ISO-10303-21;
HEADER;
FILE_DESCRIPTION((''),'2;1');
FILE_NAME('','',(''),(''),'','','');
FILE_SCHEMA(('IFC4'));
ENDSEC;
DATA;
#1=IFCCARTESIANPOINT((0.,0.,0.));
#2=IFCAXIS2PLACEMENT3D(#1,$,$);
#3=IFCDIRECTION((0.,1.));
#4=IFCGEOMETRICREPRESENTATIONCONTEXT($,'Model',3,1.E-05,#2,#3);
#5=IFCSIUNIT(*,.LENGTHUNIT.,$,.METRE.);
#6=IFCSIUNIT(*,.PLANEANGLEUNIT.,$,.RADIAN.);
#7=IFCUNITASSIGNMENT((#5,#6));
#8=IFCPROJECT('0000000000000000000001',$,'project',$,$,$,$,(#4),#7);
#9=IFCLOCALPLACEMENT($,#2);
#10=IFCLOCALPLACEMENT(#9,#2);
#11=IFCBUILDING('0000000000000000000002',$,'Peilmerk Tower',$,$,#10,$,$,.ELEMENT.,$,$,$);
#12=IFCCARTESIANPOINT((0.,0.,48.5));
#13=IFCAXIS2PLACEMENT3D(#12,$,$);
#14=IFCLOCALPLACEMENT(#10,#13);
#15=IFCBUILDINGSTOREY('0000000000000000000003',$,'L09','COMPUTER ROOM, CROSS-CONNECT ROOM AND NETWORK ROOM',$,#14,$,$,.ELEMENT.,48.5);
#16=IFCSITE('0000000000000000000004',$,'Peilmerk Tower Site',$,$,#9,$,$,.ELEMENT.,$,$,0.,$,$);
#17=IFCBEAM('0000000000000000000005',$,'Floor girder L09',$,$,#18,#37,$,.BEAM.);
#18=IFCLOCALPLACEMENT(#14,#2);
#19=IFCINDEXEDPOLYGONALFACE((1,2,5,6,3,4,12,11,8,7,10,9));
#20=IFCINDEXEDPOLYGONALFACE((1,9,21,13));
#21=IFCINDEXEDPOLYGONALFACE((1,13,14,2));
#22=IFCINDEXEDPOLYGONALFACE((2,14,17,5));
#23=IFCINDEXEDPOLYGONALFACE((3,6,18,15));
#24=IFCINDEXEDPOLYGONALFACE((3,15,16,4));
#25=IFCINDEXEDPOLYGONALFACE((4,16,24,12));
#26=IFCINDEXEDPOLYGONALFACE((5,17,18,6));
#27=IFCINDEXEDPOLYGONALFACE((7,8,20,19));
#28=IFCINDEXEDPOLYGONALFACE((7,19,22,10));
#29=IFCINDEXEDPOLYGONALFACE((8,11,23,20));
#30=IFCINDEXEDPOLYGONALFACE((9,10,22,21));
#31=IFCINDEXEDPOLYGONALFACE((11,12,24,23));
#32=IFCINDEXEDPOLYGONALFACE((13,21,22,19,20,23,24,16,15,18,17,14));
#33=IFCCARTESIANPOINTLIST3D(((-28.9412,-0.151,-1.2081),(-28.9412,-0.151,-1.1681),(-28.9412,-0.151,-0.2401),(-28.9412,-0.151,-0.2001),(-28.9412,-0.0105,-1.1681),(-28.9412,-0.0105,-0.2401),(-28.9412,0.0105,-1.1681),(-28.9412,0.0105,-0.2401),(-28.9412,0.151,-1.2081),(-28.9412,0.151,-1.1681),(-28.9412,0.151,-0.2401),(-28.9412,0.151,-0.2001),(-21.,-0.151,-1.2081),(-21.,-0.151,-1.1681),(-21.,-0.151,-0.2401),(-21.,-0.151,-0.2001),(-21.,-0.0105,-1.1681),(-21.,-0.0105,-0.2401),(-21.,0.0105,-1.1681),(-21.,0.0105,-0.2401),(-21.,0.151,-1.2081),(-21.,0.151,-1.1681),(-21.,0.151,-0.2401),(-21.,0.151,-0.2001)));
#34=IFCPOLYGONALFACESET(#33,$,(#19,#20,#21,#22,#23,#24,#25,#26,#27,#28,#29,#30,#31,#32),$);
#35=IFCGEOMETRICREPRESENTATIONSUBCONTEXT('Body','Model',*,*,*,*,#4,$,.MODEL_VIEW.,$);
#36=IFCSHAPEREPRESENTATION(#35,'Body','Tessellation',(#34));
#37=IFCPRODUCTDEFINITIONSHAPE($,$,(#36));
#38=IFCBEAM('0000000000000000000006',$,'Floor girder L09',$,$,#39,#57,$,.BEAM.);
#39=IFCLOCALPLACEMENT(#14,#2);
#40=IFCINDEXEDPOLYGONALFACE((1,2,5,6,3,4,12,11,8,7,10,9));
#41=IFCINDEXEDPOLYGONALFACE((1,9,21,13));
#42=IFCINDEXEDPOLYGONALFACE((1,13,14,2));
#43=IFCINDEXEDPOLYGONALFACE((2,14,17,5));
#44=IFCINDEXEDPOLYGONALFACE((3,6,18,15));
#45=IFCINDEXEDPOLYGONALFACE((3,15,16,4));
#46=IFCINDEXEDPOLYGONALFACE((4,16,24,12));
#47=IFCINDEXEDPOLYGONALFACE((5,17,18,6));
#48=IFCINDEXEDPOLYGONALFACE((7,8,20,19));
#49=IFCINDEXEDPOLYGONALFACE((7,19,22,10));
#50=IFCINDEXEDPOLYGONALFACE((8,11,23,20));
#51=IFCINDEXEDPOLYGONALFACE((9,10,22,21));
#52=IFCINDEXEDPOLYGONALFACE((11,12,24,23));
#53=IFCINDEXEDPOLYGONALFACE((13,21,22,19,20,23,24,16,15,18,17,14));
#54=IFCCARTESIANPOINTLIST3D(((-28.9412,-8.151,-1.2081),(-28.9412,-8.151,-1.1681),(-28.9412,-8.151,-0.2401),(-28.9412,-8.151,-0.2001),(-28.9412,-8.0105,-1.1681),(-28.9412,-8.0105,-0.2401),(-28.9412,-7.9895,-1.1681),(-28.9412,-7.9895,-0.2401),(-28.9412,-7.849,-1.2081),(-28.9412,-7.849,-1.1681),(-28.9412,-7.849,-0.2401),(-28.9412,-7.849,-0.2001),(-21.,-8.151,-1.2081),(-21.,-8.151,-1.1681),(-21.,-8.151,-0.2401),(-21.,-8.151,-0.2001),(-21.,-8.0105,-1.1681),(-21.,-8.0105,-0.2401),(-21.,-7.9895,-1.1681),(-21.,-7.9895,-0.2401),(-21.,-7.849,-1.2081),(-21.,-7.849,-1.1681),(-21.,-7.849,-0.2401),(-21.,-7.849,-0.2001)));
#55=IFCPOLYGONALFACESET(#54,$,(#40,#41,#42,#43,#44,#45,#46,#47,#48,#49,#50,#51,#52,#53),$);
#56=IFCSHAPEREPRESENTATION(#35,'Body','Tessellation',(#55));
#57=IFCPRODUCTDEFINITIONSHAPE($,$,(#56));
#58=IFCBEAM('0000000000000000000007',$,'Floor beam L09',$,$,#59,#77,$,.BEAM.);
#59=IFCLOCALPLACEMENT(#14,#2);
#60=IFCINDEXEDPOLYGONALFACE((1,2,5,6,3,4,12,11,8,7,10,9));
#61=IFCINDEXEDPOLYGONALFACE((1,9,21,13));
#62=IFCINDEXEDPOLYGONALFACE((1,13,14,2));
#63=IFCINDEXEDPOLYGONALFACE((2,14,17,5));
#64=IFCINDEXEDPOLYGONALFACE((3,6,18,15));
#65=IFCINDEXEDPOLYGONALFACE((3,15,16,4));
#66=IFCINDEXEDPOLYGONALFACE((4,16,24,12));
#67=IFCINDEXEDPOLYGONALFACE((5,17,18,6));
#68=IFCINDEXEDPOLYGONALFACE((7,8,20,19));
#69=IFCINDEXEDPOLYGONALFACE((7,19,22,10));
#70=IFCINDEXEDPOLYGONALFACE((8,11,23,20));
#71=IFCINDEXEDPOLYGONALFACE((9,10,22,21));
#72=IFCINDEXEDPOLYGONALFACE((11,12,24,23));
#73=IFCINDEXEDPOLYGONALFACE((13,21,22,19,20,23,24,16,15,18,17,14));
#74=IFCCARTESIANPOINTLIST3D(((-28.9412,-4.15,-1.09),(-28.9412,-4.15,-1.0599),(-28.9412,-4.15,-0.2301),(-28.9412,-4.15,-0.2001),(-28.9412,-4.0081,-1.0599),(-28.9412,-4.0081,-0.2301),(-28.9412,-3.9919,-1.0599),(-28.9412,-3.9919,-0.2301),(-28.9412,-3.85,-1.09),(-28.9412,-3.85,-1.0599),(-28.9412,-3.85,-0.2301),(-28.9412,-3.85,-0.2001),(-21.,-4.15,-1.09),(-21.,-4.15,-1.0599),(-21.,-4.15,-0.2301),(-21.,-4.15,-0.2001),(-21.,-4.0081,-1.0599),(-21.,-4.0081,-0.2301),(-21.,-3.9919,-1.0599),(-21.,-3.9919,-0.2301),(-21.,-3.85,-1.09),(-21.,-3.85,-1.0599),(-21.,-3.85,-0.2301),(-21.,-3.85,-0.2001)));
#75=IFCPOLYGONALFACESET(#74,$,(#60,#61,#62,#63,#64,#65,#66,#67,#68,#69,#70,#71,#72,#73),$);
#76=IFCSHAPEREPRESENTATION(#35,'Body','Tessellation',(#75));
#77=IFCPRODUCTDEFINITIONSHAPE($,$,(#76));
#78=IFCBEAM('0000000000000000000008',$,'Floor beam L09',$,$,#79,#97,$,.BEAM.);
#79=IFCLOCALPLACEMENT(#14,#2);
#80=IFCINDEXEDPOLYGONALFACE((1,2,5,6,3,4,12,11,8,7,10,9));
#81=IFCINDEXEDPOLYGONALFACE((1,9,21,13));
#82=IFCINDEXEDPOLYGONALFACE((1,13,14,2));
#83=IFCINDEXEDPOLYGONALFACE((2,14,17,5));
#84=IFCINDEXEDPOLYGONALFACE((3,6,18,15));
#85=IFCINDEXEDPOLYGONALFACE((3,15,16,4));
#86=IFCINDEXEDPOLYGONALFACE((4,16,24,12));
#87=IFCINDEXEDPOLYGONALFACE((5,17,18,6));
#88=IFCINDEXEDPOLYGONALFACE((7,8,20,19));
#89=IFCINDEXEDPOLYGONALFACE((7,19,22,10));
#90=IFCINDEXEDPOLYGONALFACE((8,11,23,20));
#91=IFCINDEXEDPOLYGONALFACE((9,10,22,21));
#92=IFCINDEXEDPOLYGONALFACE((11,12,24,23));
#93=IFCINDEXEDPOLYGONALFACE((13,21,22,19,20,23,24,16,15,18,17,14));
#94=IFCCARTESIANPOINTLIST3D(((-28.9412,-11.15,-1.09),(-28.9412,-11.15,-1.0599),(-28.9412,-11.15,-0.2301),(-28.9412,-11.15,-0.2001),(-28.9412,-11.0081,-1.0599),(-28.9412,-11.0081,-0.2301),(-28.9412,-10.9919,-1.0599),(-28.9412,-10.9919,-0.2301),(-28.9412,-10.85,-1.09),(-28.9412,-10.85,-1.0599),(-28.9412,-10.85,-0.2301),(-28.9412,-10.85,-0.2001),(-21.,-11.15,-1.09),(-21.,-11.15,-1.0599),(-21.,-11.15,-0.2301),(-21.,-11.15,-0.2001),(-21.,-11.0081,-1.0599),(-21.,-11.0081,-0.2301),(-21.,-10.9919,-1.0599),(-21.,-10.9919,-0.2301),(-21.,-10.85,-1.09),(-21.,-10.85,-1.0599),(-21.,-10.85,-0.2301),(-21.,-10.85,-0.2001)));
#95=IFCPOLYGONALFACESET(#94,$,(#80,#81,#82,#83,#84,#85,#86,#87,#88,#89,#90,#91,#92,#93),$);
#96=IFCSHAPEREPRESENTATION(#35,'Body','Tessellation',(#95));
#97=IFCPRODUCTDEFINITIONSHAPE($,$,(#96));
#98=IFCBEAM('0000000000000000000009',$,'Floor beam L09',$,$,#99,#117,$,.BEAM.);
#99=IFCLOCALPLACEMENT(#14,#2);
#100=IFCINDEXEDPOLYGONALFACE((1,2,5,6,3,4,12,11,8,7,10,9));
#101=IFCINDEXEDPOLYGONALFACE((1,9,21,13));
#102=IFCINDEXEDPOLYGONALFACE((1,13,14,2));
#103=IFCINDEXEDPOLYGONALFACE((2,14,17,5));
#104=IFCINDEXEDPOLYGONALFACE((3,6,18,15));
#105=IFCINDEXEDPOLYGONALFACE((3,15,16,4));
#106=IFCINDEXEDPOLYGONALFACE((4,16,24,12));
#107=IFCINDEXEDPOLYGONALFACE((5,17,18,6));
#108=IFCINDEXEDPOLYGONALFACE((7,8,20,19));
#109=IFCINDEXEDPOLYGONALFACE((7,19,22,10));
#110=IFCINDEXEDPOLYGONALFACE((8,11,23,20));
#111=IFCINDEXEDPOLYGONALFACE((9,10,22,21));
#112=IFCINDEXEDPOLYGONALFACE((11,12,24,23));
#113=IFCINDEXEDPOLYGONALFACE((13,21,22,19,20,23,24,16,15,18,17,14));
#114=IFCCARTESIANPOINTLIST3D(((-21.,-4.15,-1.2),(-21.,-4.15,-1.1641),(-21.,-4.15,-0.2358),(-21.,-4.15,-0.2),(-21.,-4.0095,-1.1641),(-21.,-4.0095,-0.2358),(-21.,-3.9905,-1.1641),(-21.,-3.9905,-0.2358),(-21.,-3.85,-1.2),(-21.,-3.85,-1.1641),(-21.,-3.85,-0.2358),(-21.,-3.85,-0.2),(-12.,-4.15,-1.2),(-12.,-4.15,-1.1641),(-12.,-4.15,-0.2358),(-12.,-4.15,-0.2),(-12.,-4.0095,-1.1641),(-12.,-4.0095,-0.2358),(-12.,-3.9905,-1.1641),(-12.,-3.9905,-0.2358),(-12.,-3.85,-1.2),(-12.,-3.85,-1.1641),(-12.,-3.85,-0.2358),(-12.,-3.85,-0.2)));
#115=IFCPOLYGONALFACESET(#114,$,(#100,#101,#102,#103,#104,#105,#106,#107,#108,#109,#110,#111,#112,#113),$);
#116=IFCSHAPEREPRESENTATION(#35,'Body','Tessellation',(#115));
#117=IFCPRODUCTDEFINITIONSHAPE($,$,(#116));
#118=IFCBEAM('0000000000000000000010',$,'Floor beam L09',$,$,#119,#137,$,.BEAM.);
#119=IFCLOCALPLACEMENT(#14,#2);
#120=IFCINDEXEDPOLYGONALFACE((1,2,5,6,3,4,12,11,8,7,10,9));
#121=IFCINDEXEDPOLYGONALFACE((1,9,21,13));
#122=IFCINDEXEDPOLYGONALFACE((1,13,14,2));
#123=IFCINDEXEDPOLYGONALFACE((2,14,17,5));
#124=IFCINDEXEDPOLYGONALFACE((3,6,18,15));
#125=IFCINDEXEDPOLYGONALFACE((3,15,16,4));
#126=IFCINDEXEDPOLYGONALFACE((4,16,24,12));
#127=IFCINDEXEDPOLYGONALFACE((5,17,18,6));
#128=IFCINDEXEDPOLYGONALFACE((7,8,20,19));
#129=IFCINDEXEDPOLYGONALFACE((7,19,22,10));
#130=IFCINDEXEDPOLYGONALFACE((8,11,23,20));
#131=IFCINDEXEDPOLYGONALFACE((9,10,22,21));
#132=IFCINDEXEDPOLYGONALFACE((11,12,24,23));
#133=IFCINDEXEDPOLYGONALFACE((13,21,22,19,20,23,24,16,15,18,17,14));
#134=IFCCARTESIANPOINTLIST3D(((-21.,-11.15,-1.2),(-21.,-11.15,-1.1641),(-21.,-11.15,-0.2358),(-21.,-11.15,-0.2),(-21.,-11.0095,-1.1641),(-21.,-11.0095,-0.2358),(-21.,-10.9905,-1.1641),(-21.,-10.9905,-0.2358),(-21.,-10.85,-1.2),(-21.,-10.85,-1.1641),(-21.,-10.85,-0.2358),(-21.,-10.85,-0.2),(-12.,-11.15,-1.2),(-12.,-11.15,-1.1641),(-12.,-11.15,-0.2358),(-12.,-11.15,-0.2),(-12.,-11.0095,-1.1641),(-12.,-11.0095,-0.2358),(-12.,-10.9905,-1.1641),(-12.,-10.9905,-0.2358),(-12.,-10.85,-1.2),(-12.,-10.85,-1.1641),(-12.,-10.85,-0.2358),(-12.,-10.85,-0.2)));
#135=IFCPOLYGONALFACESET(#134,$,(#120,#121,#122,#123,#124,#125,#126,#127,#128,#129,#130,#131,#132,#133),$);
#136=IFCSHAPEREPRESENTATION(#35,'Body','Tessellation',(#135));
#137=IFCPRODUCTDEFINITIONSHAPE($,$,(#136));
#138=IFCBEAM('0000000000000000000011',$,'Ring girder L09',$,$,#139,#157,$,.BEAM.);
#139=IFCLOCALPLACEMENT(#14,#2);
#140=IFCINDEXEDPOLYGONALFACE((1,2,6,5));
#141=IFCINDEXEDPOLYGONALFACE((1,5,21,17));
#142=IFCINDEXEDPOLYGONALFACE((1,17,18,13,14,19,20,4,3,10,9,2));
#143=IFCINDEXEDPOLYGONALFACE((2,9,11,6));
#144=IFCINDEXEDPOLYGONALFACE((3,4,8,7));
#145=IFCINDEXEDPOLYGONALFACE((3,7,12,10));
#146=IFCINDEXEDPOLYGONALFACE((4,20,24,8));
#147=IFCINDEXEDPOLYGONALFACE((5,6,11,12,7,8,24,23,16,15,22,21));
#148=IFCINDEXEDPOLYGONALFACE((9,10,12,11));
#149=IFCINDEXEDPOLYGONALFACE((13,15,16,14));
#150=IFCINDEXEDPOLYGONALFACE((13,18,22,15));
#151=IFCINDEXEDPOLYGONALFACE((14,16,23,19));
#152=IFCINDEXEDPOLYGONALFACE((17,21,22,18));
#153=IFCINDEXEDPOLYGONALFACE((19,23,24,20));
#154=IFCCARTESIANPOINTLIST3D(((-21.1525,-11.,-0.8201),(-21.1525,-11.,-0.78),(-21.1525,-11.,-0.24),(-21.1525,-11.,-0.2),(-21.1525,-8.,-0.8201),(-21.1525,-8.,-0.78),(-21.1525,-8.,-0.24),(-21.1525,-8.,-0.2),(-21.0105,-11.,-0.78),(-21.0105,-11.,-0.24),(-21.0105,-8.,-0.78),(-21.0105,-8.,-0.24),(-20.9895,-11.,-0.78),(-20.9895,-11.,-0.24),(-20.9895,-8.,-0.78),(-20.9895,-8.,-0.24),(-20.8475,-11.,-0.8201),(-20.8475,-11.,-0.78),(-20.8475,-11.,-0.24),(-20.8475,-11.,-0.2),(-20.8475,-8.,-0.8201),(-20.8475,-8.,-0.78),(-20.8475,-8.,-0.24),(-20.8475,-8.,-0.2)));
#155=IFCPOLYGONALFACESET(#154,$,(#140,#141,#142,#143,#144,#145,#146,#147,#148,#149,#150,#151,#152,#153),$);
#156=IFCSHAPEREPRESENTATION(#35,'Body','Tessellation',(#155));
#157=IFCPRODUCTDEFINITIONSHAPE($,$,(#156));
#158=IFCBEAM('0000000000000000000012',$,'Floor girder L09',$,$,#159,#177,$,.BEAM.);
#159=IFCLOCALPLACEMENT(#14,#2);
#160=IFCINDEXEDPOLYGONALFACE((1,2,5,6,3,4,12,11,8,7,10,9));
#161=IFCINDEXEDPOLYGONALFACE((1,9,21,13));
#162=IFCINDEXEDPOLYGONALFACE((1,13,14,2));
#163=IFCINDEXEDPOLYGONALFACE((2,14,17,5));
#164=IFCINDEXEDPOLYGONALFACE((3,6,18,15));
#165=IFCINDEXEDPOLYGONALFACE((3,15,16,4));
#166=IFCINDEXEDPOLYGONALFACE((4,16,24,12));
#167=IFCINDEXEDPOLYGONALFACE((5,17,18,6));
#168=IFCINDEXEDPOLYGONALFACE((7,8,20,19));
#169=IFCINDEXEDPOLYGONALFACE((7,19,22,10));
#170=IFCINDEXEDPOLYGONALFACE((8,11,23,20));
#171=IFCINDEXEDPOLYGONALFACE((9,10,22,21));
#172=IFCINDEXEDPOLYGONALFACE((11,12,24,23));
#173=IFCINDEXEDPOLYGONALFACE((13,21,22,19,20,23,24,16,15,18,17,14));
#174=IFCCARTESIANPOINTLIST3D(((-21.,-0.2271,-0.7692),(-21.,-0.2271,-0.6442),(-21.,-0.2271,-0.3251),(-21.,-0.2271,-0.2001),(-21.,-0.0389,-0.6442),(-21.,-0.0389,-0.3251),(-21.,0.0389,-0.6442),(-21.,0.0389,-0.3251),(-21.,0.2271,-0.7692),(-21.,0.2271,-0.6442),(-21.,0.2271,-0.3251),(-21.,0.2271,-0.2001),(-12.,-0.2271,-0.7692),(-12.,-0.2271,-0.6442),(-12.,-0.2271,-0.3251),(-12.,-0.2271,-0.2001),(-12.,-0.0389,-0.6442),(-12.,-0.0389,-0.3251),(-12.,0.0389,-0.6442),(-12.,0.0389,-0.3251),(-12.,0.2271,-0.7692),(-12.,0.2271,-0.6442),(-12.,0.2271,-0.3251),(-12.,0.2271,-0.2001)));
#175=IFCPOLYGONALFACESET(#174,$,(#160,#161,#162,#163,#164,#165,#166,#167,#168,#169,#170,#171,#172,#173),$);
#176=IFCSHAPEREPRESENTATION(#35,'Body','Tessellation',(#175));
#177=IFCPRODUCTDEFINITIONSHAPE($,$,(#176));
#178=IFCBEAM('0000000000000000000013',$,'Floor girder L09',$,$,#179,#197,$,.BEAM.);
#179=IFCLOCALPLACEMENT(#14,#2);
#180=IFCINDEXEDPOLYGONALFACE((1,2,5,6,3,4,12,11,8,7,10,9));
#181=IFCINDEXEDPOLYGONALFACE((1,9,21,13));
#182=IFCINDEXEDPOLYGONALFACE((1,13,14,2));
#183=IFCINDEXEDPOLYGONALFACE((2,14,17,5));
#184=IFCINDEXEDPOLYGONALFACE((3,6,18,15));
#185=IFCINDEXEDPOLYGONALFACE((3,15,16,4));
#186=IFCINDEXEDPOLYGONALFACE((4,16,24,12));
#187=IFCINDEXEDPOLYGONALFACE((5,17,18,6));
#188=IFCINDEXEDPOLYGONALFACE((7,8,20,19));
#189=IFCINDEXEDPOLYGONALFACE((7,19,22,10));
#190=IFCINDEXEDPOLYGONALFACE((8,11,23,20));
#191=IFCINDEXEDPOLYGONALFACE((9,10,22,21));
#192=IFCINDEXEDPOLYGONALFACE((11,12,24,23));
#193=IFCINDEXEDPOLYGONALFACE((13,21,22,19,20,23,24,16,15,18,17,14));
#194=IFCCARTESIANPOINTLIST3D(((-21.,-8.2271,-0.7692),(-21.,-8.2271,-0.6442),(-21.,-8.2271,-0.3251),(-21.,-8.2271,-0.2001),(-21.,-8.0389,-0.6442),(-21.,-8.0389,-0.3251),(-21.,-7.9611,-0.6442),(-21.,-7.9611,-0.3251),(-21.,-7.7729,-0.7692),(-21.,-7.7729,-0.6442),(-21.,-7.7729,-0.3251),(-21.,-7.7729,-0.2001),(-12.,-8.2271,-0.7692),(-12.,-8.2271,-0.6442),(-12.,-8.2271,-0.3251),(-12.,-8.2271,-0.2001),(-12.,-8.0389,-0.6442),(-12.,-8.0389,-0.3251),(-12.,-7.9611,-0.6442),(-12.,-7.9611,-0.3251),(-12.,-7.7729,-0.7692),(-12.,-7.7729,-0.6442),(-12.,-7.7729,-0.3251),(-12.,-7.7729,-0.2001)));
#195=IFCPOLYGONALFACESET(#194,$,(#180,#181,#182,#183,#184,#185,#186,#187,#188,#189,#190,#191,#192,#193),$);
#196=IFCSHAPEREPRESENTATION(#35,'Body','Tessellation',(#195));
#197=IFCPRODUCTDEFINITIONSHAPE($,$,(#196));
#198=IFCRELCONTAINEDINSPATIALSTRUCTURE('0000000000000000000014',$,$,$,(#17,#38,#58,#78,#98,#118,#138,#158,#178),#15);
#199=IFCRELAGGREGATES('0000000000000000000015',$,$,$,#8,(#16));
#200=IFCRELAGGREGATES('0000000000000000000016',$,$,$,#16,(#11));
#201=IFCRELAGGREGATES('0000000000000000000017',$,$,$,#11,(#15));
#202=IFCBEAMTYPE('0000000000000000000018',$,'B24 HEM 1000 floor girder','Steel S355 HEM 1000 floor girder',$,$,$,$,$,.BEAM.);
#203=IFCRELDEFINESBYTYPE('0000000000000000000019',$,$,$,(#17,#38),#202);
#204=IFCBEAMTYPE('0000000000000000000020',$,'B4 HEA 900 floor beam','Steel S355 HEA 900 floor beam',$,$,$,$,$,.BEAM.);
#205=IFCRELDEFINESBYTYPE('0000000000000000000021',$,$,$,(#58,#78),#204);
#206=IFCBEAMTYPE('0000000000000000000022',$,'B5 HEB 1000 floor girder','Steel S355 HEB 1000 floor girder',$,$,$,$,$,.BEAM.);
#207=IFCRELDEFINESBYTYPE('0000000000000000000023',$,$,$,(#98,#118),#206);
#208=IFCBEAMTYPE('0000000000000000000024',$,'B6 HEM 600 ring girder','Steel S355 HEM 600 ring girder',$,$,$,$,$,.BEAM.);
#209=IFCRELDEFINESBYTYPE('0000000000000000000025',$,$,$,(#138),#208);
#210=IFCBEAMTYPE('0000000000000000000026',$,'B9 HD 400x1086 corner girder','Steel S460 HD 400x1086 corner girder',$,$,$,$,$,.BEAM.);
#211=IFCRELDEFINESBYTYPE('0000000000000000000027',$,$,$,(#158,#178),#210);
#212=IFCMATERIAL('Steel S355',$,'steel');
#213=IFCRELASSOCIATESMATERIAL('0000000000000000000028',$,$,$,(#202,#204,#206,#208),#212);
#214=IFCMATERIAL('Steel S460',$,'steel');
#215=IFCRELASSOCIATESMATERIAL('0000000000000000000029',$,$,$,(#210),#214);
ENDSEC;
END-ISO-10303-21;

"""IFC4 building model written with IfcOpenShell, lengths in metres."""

from ifc_helpers import new_model, si_unit, direction, frame, origin, origin_2d, place, context, subcontext, project, spatial, i_section, extrude, material, material_profile, profile_set, type_object, element, save


model = new_model("IFC4")

# Units and contexts
model_context = context("Model", 3, precision=1e-05, world=origin(), true_north=direction((0.0, 1.0)))
body_context = subcontext(model_context, "Body", "Model", "MODEL_VIEW")
ifc_project = project(units=[si_unit("LENGTHUNIT", "METRE"), si_unit("PLANEANGLEUNIT", "RADIAN")], contexts=[model_context])

# Site, building, storey
site_placement = place(None, origin())
site = spatial("IfcSite", under=ifc_project, at=site_placement, Name="Peilmerk Tower Site", CompositionType="ELEMENT", RefElevation=0.0)
building_placement = place(site_placement, origin())
building = spatial("IfcBuilding", under=site, at=building_placement, Name="Peilmerk Tower", CompositionType="ELEMENT")
storey_placement = place(building_placement, frame((0.0, 0.0, 48.5)))
storey = spatial("IfcBuildingStorey", under=building, at=storey_placement, Name="L09", Description="COMPUTER ROOM, CROSS-CONNECT ROOM AND NETWORK ROOM", CompositionType="ELEMENT", Elevation=48.5)

# Beams
ifc_material_1 = material(Name="Steel S355", Category="steel")
ifc_material_profile_1 = material_profile(ifc_material_1, i_section(OverallWidth=0.302, OverallDepth=1.0081, WebThickness=0.021, FlangeThickness=0.04, at=origin_2d()), Name="HEM 1000")
ifc_profile_set_1 = profile_set([ifc_material_profile_1], Name="Steel S355")
beam_type_1 = type_object("IfcBeamType", Name="B24 HEM 1000 floor girder", Description="Steel S355 HEM 1000 floor girder", PredefinedType="BEAM", material=ifc_profile_set_1)
for number, where, z_axis, x_axis, name in (
    (1, (-21.0, 0.0, -0.7041), (-1.0, 0.0, 0.0), (0.0, -1.0, 0.0), "Floor girder L09"),
    (2, (-21.0, -8.0, -0.7041), (-1.0, 0.0, 0.0), (0.0, -1.0, 0.0), "Floor girder L09"),
):
    element("IfcBeam", number, at=place(storey_placement, frame(where, z_axis=z_axis, x_axis=x_axis)), inside=storey, type_object=beam_type_1, Name=name, PredefinedType="BEAM", context=body_context, shape_type="SweptSolid", body=[
        extrude(i_section(OverallWidth=0.302, OverallDepth=1.0081, WebThickness=0.021, FlangeThickness=0.04, at=origin_2d()), origin(), (0.0, 0.0, 1.0), 7.9412),
    ])
ifc_material_profile_2 = material_profile(ifc_material_1, i_section(OverallWidth=0.3, OverallDepth=0.8899, WebThickness=0.0161, FlangeThickness=0.03, at=origin_2d()), Name="HEA 900")
ifc_profile_set_2 = profile_set([ifc_material_profile_2], Name="Steel S355")
beam_type_2 = type_object("IfcBeamType", Name="B4 HEA 900 floor beam", Description="Steel S355 HEA 900 floor beam", PredefinedType="BEAM", material=ifc_profile_set_2)
for number, where, z_axis, x_axis, name in (
    (3, (-21.0, -4.0, -0.645), (-1.0, 0.0, 0.0), (0.0, -1.0, 0.0), "Floor beam L09"),
    (4, (-21.0, -11.0, -0.645), (-1.0, 0.0, 0.0), (0.0, -1.0, 0.0), "Floor beam L09"),
):
    element("IfcBeam", number, at=place(storey_placement, frame(where, z_axis=z_axis, x_axis=x_axis)), inside=storey, type_object=beam_type_2, Name=name, PredefinedType="BEAM", context=body_context, shape_type="SweptSolid", body=[
        extrude(i_section(OverallWidth=0.3, OverallDepth=0.8899, WebThickness=0.0161, FlangeThickness=0.03, at=origin_2d()), origin(), (0.0, 0.0, 1.0), 7.9412),
    ])
ifc_material_profile_3 = material_profile(ifc_material_1, i_section(OverallWidth=0.3, OverallDepth=1.0, WebThickness=0.019, FlangeThickness=0.0359, at=origin_2d()), Name="HEB 1000")
ifc_profile_set_3 = profile_set([ifc_material_profile_3], Name="Steel S355")
beam_type_3 = type_object("IfcBeamType", Name="B5 HEB 1000 floor girder", Description="Steel S355 HEB 1000 floor girder", PredefinedType="BEAM", material=ifc_profile_set_3)
for number, where, z_axis, x_axis, name in (
    (5, (-12.0, -4.0, -0.7), (-1.0, 0.0, 0.0), (0.0, -1.0, 0.0), "Floor beam L09"),
    (6, (-12.0, -11.0, -0.7), (-1.0, 0.0, 0.0), (0.0, -1.0, 0.0), "Floor beam L09"),
):
    element("IfcBeam", number, at=place(storey_placement, frame(where, z_axis=z_axis, x_axis=x_axis)), inside=storey, type_object=beam_type_3, Name=name, PredefinedType="BEAM", context=body_context, shape_type="SweptSolid", body=[
        extrude(i_section(OverallWidth=0.3, OverallDepth=1.0, WebThickness=0.019, FlangeThickness=0.0359, at=origin_2d()), origin(), (0.0, 0.0, 1.0), 9.0),
    ])
ifc_material_profile_4 = material_profile(ifc_material_1, i_section(OverallWidth=0.3049, OverallDepth=0.6201, WebThickness=0.021, FlangeThickness=0.04, at=origin_2d()), Name="HEM 600")
ifc_profile_set_4 = profile_set([ifc_material_profile_4], Name="Steel S355")
beam_type_4 = type_object("IfcBeamType", Name="B6 HEM 600 ring girder", Description="Steel S355 HEM 600 ring girder", PredefinedType="BEAM", material=ifc_profile_set_4)
beam_1_placement = place(storey_placement, frame((-21.0, -8.0, -0.51), z_axis=(0.0, -1.0, 0.0), x_axis=(1.0, 0.0, 0.0)))
element("IfcBeam", 7, at=beam_1_placement, inside=storey, type_object=beam_type_4, Name="Ring girder L09", PredefinedType="BEAM", context=body_context, shape_type="SweptSolid", body=[
    extrude(i_section(OverallWidth=0.3049, OverallDepth=0.6201, WebThickness=0.021, FlangeThickness=0.04, at=origin_2d()), origin(), (0.0, 0.0, 1.0), 3.0),
])
ifc_material_2 = material(Name="Steel S460", Category="steel")
ifc_material_profile_5 = material_profile(ifc_material_2, i_section(OverallWidth=0.4541, OverallDepth=0.5691, WebThickness=0.0779, FlangeThickness=0.125, at=origin_2d()), Name="HD 400x1086")
ifc_profile_set_5 = profile_set([ifc_material_profile_5], Name="Steel S460")
beam_type_5 = type_object("IfcBeamType", Name="B9 HD 400x1086 corner girder", Description="Steel S460 HD 400x1086 corner girder", PredefinedType="BEAM", material=ifc_profile_set_5)
for number, where, z_axis, x_axis, name in (
    (8, (-12.0, 0.0, -0.4846), (-1.0, 0.0, 0.0), (0.0, -1.0, 0.0), "Floor girder L09"),
    (9, (-12.0, -8.0, -0.4846), (-1.0, 0.0, 0.0), (0.0, -1.0, 0.0), "Floor girder L09"),
):
    element("IfcBeam", number, at=place(storey_placement, frame(where, z_axis=z_axis, x_axis=x_axis)), inside=storey, type_object=beam_type_5, Name=name, PredefinedType="BEAM", context=body_context, shape_type="SweptSolid", body=[
        extrude(i_section(OverallWidth=0.4541, OverallDepth=0.5691, WebThickness=0.0779, FlangeThickness=0.125, at=origin_2d()), origin(), (0.0, 0.0, 1.0), 9.0),
    ])

save(model, "model.ifc")
